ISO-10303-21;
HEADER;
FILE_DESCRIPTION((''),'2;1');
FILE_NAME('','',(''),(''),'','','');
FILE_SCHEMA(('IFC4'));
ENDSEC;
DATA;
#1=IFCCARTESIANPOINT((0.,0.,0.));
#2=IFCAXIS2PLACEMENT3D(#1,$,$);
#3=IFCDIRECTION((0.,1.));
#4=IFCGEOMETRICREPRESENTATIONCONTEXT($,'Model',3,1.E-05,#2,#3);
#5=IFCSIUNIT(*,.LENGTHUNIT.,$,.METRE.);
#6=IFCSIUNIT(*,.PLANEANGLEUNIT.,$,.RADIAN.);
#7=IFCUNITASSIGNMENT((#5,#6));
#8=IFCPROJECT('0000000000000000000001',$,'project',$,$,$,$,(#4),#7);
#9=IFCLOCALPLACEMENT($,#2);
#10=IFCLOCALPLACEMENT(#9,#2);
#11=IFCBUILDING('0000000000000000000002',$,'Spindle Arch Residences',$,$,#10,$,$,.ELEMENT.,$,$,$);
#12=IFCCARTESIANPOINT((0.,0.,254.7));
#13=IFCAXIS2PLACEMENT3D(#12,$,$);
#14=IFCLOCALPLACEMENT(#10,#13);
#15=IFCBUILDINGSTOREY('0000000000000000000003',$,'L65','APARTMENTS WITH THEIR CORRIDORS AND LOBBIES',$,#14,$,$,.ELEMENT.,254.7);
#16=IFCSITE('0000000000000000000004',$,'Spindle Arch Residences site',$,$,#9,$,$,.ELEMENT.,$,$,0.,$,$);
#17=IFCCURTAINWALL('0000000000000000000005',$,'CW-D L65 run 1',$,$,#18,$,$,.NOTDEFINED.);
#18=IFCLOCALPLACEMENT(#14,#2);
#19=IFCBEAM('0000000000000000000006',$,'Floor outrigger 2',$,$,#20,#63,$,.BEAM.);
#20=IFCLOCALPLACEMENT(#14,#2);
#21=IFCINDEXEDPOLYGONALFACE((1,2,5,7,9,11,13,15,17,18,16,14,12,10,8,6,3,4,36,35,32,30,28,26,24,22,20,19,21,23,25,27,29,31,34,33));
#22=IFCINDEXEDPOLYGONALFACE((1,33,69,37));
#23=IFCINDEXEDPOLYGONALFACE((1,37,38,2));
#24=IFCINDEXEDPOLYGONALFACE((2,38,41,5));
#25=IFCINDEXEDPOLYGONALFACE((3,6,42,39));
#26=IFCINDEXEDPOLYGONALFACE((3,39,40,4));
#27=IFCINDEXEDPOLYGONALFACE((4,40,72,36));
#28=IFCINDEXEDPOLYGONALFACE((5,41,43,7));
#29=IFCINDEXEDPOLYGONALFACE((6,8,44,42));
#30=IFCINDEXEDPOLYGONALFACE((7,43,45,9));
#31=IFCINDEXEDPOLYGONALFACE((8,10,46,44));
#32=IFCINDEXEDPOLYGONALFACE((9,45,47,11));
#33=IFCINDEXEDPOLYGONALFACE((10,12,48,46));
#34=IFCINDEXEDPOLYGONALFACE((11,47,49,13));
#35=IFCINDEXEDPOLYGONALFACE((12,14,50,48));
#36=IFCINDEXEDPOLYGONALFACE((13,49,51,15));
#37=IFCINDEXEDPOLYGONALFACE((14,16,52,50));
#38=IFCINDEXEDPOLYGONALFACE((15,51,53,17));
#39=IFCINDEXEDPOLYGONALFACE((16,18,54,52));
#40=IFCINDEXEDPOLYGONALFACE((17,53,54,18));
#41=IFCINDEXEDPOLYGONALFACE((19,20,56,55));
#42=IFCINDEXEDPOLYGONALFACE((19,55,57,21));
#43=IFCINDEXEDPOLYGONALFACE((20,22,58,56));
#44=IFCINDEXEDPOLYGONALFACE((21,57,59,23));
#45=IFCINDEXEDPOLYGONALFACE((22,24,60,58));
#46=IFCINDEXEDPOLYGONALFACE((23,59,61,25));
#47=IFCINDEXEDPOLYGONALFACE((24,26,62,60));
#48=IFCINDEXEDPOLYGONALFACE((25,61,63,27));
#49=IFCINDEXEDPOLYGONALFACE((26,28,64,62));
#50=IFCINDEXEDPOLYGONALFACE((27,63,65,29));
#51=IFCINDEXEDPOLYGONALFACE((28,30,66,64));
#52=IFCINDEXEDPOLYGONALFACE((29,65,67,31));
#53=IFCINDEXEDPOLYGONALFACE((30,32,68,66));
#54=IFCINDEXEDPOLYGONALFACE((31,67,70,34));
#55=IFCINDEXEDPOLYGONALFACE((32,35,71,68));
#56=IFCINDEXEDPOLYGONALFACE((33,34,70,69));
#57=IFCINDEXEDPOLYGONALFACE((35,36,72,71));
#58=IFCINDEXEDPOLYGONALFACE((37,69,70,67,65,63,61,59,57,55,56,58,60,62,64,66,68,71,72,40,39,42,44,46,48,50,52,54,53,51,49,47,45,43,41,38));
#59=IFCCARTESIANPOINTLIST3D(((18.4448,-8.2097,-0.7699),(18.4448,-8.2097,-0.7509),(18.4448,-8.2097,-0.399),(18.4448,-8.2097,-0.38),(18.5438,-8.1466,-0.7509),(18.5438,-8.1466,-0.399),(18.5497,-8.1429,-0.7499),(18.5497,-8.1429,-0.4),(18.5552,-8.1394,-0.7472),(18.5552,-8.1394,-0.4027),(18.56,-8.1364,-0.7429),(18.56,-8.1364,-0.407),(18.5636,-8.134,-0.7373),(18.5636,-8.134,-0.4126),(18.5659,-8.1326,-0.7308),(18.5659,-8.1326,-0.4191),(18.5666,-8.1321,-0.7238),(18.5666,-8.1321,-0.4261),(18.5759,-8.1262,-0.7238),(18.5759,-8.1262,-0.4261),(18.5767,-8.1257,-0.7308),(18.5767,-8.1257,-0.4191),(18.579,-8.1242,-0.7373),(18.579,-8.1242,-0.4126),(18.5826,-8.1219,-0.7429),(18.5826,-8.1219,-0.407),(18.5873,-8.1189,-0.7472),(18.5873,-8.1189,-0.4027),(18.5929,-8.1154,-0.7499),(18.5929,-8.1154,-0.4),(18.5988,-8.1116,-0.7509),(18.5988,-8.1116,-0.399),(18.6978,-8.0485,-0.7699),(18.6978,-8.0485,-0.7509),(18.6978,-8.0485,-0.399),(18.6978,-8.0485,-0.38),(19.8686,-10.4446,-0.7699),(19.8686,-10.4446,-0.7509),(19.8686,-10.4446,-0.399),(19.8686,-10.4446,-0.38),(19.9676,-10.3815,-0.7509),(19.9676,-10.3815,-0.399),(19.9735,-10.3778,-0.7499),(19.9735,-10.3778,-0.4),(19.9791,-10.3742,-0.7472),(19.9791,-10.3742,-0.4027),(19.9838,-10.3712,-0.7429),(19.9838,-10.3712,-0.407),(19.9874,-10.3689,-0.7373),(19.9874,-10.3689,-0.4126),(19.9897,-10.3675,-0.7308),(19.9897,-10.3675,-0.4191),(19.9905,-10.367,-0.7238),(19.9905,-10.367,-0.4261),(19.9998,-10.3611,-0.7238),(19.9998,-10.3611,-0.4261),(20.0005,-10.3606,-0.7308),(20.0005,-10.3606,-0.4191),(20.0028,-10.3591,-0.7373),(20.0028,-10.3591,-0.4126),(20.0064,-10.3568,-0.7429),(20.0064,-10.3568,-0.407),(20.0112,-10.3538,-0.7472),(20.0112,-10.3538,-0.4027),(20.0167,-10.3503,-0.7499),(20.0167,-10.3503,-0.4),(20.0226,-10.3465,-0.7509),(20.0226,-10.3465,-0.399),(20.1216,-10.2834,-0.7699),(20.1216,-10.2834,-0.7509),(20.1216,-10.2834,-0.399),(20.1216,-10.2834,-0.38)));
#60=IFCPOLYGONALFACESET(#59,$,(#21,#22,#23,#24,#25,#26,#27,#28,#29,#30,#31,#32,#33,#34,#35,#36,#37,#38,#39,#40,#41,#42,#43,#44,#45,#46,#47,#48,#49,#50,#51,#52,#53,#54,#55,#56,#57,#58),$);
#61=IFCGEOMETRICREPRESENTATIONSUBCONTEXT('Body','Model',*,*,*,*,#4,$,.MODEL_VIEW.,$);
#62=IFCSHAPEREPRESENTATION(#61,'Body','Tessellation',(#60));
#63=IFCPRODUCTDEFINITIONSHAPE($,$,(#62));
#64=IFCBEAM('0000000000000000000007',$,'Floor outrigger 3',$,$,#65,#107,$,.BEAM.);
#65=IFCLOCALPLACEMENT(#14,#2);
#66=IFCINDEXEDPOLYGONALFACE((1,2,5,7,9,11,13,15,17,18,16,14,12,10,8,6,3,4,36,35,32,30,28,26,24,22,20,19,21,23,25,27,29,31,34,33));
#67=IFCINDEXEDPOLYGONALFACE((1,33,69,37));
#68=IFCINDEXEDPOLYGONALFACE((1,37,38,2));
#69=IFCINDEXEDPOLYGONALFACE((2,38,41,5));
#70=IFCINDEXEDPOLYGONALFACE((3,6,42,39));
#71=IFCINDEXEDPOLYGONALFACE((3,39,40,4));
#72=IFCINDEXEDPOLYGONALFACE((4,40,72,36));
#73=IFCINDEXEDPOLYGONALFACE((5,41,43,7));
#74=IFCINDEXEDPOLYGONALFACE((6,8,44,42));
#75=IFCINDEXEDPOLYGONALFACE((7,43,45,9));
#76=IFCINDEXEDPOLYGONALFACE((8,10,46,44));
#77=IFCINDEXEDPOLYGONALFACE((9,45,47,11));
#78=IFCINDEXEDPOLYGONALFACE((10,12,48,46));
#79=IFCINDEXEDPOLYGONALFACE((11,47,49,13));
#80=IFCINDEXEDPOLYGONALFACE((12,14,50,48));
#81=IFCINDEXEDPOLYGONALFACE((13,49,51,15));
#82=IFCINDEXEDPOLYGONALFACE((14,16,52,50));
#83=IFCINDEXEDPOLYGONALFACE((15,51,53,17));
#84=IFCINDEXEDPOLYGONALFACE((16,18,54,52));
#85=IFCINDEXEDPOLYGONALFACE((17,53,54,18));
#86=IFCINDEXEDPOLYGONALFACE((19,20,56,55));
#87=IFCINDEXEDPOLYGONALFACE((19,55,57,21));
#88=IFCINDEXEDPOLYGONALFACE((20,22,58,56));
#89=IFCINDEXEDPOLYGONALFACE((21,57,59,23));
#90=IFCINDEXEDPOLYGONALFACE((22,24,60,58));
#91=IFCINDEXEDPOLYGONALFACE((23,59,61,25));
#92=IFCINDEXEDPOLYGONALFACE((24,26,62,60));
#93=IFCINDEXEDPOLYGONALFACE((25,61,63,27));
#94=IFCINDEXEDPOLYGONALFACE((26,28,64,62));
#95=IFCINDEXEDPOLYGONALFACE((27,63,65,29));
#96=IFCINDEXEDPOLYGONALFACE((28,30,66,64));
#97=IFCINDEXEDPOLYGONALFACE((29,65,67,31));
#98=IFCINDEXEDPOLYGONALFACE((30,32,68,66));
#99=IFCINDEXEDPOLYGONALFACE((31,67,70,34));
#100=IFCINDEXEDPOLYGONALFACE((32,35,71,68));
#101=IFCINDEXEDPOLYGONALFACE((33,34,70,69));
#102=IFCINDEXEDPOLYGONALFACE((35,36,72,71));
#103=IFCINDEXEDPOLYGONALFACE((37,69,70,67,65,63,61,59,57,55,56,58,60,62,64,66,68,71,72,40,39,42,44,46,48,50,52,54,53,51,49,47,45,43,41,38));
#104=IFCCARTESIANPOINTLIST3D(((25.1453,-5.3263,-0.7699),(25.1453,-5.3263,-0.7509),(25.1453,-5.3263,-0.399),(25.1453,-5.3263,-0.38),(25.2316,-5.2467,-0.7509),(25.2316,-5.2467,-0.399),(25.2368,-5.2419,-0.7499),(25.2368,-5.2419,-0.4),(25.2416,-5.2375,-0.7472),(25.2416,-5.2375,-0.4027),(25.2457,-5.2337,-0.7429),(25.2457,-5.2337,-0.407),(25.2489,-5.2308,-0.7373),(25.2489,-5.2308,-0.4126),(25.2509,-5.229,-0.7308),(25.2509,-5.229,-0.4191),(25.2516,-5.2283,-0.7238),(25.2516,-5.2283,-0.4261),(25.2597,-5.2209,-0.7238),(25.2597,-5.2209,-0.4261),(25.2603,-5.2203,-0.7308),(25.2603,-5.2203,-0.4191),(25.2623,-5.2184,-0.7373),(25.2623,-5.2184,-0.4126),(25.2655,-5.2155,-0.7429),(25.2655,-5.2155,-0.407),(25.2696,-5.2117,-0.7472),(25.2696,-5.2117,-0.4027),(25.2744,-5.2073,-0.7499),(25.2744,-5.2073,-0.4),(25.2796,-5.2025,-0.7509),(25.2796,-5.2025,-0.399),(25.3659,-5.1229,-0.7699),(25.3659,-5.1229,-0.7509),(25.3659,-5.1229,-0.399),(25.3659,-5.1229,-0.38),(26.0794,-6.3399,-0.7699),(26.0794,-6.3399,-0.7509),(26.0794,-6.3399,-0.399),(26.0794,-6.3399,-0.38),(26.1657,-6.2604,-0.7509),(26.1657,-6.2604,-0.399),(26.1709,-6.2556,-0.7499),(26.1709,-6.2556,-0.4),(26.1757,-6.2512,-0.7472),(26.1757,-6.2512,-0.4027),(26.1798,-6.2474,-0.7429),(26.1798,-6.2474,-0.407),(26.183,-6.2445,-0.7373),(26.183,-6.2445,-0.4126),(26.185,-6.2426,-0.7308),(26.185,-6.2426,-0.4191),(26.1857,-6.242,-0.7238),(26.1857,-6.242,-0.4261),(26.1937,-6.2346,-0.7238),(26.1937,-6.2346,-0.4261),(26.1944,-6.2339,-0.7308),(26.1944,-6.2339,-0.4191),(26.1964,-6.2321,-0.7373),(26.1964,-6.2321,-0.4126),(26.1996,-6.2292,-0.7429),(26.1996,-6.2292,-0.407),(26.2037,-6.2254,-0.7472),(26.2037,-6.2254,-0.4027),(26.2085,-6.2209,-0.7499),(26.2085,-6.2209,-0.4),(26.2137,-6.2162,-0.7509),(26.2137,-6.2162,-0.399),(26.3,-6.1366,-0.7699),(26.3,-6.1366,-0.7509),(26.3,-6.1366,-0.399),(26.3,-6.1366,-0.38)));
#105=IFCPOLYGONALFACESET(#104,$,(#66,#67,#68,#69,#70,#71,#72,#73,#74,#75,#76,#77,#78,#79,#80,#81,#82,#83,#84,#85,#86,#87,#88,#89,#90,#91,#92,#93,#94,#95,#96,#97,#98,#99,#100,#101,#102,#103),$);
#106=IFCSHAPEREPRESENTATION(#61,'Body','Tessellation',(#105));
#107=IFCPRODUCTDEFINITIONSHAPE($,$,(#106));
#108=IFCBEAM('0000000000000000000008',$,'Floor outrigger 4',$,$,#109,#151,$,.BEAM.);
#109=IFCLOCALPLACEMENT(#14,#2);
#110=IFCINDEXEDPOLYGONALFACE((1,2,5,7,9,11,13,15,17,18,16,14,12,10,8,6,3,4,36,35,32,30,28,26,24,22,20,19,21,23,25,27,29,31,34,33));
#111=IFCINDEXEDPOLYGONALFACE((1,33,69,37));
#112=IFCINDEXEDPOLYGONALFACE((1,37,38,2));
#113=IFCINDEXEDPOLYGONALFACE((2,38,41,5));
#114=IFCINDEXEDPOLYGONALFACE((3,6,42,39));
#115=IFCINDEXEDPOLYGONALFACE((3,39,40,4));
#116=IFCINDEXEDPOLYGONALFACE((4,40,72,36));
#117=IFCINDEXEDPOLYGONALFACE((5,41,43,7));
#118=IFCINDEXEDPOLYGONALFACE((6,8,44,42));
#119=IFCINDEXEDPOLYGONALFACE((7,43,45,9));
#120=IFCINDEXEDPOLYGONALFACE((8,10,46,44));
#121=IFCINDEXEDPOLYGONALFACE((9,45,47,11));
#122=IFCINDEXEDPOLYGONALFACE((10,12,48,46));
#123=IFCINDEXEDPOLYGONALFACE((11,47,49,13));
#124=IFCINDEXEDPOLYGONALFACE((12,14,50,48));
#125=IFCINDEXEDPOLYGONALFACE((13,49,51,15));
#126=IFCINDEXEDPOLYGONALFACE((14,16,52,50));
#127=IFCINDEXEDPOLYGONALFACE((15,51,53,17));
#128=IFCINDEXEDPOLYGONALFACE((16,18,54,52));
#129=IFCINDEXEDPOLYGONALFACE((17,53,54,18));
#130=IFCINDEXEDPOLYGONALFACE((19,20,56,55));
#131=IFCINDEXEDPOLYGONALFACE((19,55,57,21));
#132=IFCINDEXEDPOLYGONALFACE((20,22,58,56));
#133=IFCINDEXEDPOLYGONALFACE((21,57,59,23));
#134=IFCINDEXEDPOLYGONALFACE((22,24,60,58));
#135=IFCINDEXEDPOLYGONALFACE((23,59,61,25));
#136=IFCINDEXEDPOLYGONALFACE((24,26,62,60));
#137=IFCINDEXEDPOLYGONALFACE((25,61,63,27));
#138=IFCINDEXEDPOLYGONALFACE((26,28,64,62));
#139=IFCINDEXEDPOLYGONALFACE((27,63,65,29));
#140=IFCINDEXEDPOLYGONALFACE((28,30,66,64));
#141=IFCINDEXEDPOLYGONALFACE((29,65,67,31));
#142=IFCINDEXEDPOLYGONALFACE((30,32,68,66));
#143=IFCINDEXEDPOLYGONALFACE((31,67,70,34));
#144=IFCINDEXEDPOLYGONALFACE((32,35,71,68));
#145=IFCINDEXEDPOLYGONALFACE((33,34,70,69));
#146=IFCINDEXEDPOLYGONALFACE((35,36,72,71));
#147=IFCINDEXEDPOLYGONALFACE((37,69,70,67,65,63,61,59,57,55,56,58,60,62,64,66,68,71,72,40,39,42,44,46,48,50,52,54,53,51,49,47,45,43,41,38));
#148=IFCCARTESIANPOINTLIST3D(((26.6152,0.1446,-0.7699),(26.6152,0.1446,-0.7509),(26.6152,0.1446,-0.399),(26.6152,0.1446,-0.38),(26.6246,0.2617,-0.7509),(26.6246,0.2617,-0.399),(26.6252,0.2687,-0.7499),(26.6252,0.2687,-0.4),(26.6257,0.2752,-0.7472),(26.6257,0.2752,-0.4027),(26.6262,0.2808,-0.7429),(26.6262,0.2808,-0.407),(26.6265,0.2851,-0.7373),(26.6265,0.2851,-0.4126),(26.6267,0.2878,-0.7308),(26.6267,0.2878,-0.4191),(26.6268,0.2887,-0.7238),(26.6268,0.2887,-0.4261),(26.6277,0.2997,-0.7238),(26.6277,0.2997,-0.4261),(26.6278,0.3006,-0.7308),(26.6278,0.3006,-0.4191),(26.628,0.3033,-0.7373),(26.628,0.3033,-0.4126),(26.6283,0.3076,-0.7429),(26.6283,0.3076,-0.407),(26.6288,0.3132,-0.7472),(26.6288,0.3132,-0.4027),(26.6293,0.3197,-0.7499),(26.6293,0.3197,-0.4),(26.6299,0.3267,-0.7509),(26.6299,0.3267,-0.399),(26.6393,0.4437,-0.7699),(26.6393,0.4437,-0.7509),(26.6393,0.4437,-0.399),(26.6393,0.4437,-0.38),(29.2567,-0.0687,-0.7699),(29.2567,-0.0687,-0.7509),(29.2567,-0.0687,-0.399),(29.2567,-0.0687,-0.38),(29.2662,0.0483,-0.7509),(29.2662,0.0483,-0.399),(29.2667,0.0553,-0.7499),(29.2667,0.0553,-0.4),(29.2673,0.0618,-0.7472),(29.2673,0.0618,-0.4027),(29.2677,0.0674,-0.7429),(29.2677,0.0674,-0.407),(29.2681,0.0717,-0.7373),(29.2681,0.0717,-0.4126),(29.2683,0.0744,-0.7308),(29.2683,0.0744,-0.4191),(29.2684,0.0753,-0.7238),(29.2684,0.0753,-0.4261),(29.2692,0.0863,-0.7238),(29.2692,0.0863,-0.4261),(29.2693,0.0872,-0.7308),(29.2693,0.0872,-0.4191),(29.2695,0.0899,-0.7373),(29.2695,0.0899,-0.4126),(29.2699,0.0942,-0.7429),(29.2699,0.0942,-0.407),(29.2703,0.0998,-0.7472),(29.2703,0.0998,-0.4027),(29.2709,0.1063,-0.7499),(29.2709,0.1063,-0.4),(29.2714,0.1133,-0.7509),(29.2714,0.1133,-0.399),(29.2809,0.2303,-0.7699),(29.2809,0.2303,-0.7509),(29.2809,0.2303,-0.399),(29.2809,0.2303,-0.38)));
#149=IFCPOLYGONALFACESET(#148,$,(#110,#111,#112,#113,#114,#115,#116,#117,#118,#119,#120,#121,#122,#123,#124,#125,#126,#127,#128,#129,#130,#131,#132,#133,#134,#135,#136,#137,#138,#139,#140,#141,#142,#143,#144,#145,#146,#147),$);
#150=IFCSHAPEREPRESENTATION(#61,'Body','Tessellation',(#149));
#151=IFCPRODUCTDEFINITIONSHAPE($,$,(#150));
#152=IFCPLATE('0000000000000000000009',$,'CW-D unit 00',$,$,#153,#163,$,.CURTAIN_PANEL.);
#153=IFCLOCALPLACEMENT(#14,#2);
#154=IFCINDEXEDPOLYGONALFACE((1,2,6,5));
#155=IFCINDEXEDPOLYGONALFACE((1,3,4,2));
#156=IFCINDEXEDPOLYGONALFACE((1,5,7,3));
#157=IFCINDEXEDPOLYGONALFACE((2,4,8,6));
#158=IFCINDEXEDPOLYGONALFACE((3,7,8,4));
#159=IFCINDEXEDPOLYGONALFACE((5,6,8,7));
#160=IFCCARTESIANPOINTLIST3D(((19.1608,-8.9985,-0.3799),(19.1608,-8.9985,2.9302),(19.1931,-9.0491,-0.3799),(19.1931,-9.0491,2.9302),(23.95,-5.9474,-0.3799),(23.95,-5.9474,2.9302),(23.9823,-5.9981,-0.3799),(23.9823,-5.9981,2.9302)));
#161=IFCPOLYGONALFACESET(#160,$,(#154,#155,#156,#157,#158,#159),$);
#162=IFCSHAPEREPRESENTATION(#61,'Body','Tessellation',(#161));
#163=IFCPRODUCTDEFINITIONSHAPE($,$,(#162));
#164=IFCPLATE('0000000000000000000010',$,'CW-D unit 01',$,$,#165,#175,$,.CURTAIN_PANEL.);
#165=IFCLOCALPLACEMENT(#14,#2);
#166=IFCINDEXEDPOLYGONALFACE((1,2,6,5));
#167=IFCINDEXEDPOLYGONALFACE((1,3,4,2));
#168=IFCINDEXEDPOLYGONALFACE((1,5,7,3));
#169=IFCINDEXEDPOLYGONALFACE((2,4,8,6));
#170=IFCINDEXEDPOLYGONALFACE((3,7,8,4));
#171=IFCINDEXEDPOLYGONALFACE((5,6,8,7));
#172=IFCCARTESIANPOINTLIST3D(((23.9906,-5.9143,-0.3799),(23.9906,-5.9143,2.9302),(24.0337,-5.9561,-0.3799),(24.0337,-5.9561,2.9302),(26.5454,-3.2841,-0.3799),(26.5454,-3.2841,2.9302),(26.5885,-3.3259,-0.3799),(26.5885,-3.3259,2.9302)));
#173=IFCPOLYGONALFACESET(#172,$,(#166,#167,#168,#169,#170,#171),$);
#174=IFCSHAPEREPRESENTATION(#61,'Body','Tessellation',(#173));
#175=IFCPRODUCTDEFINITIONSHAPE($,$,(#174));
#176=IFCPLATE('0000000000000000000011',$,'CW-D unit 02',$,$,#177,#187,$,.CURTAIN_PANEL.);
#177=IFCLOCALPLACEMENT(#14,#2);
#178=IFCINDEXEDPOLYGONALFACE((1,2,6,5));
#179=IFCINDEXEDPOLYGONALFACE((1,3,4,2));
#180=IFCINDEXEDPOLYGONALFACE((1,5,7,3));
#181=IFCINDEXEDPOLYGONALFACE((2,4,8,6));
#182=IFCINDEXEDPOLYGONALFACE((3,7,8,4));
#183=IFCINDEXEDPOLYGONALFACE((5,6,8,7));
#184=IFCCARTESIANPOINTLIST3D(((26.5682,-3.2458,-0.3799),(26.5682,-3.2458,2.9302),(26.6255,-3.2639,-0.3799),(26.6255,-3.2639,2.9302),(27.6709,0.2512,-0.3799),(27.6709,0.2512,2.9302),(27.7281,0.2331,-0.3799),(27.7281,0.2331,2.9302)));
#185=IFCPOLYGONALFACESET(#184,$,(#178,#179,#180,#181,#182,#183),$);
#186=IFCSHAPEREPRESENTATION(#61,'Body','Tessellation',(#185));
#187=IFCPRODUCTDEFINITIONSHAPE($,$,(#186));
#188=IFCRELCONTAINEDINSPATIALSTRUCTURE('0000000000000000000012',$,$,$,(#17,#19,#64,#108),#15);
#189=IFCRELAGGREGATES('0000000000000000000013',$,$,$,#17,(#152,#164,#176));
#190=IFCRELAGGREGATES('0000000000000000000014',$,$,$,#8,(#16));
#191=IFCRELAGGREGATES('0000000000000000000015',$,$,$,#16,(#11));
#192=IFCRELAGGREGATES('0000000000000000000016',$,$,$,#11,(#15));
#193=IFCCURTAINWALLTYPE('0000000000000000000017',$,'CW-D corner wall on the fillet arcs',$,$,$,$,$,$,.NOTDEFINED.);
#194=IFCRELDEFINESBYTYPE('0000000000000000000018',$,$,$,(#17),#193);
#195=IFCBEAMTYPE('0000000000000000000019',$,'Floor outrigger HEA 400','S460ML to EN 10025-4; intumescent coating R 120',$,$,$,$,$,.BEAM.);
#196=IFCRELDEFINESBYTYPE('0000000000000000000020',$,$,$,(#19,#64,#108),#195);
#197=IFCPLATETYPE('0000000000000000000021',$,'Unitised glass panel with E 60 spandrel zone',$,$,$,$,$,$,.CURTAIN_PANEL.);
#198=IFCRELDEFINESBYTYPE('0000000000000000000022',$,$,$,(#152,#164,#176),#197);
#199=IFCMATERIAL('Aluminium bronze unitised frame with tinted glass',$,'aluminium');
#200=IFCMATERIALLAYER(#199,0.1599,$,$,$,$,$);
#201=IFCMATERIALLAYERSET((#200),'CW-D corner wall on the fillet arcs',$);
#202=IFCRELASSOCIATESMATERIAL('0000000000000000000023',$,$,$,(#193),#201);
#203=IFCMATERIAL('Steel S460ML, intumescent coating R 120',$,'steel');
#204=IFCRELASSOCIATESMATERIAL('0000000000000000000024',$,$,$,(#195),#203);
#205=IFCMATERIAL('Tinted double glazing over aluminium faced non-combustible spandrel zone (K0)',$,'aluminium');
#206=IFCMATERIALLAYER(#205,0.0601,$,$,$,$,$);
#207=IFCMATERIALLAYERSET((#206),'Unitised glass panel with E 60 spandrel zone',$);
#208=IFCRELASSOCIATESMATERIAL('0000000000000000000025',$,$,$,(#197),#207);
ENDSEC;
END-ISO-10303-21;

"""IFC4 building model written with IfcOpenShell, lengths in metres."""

from ifc_helpers import new_model, si_unit, direction, frame, origin, origin_2d, place, context, subcontext, project, spatial, rectangle, i_section, extrude, material, layer, layer_set, material_profile, profile_set, type_object, element, aggregate, save


model = new_model("IFC4")

# Units and contexts
model_context = context("Model", 3, precision=1e-05, world=origin(), true_north=direction((0.0, 1.0)))
body_context = subcontext(model_context, "Body", "Model", "MODEL_VIEW")
ifc_project = project(units=[si_unit("LENGTHUNIT", "METRE"), si_unit("PLANEANGLEUNIT", "RADIAN")], contexts=[model_context])

# Site, building, storey
site_placement = place(None, origin())
site = spatial("IfcSite", under=ifc_project, at=site_placement, Name="Spindle Arch Residences site", CompositionType="ELEMENT", RefElevation=0.0)
building_placement = place(site_placement, origin())
building = spatial("IfcBuilding", under=site, at=building_placement, Name="Spindle Arch Residences", CompositionType="ELEMENT")
storey_placement = place(building_placement, frame((0.0, 0.0, 254.7)))
storey = spatial("IfcBuildingStorey", under=building, at=storey_placement, Name="L65", Description="APARTMENTS WITH THEIR CORRIDORS AND LOBBIES", CompositionType="ELEMENT", Elevation=254.7)

# Curtain wall
ifc_material_1 = material(Name="Aluminium bronze unitised frame with tinted glass", Category="aluminium")
ifc_layer_1 = layer(ifc_material_1, 0.1599)
ifc_layer_set_1 = layer_set([ifc_layer_1], Name="CW-D corner wall on the fillet arcs")
curtain_wall_type = type_object("IfcCurtainWallType", Name="CW-D corner wall on the fillet arcs", PredefinedType="NOTDEFINED", material=ifc_layer_set_1)
curtain_wall_placement = place(storey_placement, origin())
curtain_wall = element("IfcCurtainWall", 1, at=curtain_wall_placement, inside=storey, type_object=curtain_wall_type, Name="CW-D L65 run 1", PredefinedType="NOTDEFINED")

# Beams
ifc_material_2 = material(Name="Steel S460ML, intumescent coating R 120", Category="steel")
ifc_material_profile_1 = material_profile(ifc_material_2, i_section(OverallWidth=0.3, OverallDepth=0.3899, WebThickness=0.011, FlangeThickness=0.019, FilletRadius=0.0271, at=origin_2d()), Name="HEA 400")
ifc_profile_set_1 = profile_set([ifc_material_profile_1], Name="Steel S460ML, intumescent coating R 120")
beam_type_1 = type_object("IfcBeamType", Name="Floor outrigger HEA 400", Description="S460ML to EN 10025-4; intumescent coating R 120", PredefinedType="BEAM", material=ifc_profile_set_1)
beam_1_placement = place(storey_placement, frame((19.9951, -10.364, -0.575), z_axis=(-0.537317, 0.843381, 0.0), x_axis=(-0.843381, -0.537317, 0.0)))
element("IfcBeam", 2, at=beam_1_placement, inside=storey, type_object=beam_type_1, Name="Floor outrigger 2", PredefinedType="BEAM", context=body_context, shape_type="SweptSolid", body=[
    extrude(i_section(OverallWidth=0.3, OverallDepth=0.3899, WebThickness=0.011, FlangeThickness=0.019, FilletRadius=0.0271, at=origin_2d()), origin(), (0.0, 0.0, 1.0), 2.6499),
])
beam_2_placement = place(storey_placement, frame((26.1897, -6.2383, -0.575), z_axis=(-0.677647, 0.735387, 0.0), x_axis=(-0.735387, -0.677647, 0.0)))
element("IfcBeam", 3, at=beam_2_placement, inside=storey, type_object=beam_type_1, Name="Floor outrigger 3", PredefinedType="BEAM", context=body_context, shape_type="SweptSolid", body=[
    extrude(i_section(OverallWidth=0.3, OverallDepth=0.3899, WebThickness=0.011, FlangeThickness=0.019, FilletRadius=0.0271, at=origin_2d()), origin(), (0.0, 0.0, 1.0), 1.3784),
])
beam_3_placement = place(storey_placement, frame((29.2688, 0.0808, -0.575), z_axis=(-0.996753, 0.080514, 0.0), x_axis=(-0.080514, -0.996753, 0.0)))
element("IfcBeam", 4, at=beam_3_placement, inside=storey, type_object=beam_type_1, Name="Floor outrigger 4", PredefinedType="BEAM", context=body_context, shape_type="SweptSolid", body=[
    extrude(i_section(OverallWidth=0.3, OverallDepth=0.3899, WebThickness=0.011, FlangeThickness=0.019, FilletRadius=0.0271, at=origin_2d()), origin(), (0.0, 0.0, 1.0), 2.6501),
])

# Plates
ifc_material_3 = material(Name="Tinted double glazing over aluminium faced non-combustible spandrel zone (K0)", Category="aluminium")
ifc_layer_2 = layer(ifc_material_3, 0.0601)
ifc_layer_set_2 = layer_set([ifc_layer_2], Name="Unitised glass panel with E 60 spandrel zone")
plate_type = type_object("IfcPlateType", Name="Unitised glass panel with E 60 spandrel zone", PredefinedType="CURTAIN_PANEL", material=ifc_layer_set_2)
plate_1_placement = place(storey_placement, frame((21.5715, -7.4983, -0.3799), z_axis=(0.0, 0.0, 1.0), x_axis=(0.843391, 0.5373, 0.0)))
plate_1 = element("IfcPlate", 5, at=plate_1_placement, type_object=plate_type, Name="CW-D unit 00", PredefinedType="CURTAIN_PANEL", context=body_context, shape_type="SweptSolid", body=[
    extrude(rectangle(XDim=5.6785, YDim=0.0601, at=origin_2d()), origin(), (0.0, 0.0, 1.0), 3.3101),
])
plate_2_placement = place(storey_placement, frame((25.2896, -4.6201, -0.3799), z_axis=(0.0, 0.0, 1.0), x_axis=(0.696748, 0.717316, 0.0)))
plate_2 = element("IfcPlate", 6, at=plate_2_placement, type_object=plate_type, Name="CW-D unit 01", PredefinedType="CURTAIN_PANEL", context=body_context, shape_type="SweptSolid", body=[
    extrude(rectangle(XDim=3.6667, YDim=0.0601, at=origin_2d()), origin(), (0.0, 0.0, 1.0), 3.3101),
])
plate_3_placement = place(storey_placement, frame((27.1482, -1.5063, -0.3799), z_axis=(0.0, 0.0, 1.0), x_axis=(0.300706, 0.953717, 0.0)))
plate_3 = element("IfcPlate", 7, at=plate_3_placement, type_object=plate_type, Name="CW-D unit 02", PredefinedType="CURTAIN_PANEL", context=body_context, shape_type="SweptSolid", body=[
    extrude(rectangle(XDim=3.6667, YDim=0.0601, at=origin_2d()), origin(), (0.0, 0.0, 1.0), 3.3101),
])
aggregate(curtain_wall, [plate_1, plate_2, plate_3])

save(model, "model.ifc")
